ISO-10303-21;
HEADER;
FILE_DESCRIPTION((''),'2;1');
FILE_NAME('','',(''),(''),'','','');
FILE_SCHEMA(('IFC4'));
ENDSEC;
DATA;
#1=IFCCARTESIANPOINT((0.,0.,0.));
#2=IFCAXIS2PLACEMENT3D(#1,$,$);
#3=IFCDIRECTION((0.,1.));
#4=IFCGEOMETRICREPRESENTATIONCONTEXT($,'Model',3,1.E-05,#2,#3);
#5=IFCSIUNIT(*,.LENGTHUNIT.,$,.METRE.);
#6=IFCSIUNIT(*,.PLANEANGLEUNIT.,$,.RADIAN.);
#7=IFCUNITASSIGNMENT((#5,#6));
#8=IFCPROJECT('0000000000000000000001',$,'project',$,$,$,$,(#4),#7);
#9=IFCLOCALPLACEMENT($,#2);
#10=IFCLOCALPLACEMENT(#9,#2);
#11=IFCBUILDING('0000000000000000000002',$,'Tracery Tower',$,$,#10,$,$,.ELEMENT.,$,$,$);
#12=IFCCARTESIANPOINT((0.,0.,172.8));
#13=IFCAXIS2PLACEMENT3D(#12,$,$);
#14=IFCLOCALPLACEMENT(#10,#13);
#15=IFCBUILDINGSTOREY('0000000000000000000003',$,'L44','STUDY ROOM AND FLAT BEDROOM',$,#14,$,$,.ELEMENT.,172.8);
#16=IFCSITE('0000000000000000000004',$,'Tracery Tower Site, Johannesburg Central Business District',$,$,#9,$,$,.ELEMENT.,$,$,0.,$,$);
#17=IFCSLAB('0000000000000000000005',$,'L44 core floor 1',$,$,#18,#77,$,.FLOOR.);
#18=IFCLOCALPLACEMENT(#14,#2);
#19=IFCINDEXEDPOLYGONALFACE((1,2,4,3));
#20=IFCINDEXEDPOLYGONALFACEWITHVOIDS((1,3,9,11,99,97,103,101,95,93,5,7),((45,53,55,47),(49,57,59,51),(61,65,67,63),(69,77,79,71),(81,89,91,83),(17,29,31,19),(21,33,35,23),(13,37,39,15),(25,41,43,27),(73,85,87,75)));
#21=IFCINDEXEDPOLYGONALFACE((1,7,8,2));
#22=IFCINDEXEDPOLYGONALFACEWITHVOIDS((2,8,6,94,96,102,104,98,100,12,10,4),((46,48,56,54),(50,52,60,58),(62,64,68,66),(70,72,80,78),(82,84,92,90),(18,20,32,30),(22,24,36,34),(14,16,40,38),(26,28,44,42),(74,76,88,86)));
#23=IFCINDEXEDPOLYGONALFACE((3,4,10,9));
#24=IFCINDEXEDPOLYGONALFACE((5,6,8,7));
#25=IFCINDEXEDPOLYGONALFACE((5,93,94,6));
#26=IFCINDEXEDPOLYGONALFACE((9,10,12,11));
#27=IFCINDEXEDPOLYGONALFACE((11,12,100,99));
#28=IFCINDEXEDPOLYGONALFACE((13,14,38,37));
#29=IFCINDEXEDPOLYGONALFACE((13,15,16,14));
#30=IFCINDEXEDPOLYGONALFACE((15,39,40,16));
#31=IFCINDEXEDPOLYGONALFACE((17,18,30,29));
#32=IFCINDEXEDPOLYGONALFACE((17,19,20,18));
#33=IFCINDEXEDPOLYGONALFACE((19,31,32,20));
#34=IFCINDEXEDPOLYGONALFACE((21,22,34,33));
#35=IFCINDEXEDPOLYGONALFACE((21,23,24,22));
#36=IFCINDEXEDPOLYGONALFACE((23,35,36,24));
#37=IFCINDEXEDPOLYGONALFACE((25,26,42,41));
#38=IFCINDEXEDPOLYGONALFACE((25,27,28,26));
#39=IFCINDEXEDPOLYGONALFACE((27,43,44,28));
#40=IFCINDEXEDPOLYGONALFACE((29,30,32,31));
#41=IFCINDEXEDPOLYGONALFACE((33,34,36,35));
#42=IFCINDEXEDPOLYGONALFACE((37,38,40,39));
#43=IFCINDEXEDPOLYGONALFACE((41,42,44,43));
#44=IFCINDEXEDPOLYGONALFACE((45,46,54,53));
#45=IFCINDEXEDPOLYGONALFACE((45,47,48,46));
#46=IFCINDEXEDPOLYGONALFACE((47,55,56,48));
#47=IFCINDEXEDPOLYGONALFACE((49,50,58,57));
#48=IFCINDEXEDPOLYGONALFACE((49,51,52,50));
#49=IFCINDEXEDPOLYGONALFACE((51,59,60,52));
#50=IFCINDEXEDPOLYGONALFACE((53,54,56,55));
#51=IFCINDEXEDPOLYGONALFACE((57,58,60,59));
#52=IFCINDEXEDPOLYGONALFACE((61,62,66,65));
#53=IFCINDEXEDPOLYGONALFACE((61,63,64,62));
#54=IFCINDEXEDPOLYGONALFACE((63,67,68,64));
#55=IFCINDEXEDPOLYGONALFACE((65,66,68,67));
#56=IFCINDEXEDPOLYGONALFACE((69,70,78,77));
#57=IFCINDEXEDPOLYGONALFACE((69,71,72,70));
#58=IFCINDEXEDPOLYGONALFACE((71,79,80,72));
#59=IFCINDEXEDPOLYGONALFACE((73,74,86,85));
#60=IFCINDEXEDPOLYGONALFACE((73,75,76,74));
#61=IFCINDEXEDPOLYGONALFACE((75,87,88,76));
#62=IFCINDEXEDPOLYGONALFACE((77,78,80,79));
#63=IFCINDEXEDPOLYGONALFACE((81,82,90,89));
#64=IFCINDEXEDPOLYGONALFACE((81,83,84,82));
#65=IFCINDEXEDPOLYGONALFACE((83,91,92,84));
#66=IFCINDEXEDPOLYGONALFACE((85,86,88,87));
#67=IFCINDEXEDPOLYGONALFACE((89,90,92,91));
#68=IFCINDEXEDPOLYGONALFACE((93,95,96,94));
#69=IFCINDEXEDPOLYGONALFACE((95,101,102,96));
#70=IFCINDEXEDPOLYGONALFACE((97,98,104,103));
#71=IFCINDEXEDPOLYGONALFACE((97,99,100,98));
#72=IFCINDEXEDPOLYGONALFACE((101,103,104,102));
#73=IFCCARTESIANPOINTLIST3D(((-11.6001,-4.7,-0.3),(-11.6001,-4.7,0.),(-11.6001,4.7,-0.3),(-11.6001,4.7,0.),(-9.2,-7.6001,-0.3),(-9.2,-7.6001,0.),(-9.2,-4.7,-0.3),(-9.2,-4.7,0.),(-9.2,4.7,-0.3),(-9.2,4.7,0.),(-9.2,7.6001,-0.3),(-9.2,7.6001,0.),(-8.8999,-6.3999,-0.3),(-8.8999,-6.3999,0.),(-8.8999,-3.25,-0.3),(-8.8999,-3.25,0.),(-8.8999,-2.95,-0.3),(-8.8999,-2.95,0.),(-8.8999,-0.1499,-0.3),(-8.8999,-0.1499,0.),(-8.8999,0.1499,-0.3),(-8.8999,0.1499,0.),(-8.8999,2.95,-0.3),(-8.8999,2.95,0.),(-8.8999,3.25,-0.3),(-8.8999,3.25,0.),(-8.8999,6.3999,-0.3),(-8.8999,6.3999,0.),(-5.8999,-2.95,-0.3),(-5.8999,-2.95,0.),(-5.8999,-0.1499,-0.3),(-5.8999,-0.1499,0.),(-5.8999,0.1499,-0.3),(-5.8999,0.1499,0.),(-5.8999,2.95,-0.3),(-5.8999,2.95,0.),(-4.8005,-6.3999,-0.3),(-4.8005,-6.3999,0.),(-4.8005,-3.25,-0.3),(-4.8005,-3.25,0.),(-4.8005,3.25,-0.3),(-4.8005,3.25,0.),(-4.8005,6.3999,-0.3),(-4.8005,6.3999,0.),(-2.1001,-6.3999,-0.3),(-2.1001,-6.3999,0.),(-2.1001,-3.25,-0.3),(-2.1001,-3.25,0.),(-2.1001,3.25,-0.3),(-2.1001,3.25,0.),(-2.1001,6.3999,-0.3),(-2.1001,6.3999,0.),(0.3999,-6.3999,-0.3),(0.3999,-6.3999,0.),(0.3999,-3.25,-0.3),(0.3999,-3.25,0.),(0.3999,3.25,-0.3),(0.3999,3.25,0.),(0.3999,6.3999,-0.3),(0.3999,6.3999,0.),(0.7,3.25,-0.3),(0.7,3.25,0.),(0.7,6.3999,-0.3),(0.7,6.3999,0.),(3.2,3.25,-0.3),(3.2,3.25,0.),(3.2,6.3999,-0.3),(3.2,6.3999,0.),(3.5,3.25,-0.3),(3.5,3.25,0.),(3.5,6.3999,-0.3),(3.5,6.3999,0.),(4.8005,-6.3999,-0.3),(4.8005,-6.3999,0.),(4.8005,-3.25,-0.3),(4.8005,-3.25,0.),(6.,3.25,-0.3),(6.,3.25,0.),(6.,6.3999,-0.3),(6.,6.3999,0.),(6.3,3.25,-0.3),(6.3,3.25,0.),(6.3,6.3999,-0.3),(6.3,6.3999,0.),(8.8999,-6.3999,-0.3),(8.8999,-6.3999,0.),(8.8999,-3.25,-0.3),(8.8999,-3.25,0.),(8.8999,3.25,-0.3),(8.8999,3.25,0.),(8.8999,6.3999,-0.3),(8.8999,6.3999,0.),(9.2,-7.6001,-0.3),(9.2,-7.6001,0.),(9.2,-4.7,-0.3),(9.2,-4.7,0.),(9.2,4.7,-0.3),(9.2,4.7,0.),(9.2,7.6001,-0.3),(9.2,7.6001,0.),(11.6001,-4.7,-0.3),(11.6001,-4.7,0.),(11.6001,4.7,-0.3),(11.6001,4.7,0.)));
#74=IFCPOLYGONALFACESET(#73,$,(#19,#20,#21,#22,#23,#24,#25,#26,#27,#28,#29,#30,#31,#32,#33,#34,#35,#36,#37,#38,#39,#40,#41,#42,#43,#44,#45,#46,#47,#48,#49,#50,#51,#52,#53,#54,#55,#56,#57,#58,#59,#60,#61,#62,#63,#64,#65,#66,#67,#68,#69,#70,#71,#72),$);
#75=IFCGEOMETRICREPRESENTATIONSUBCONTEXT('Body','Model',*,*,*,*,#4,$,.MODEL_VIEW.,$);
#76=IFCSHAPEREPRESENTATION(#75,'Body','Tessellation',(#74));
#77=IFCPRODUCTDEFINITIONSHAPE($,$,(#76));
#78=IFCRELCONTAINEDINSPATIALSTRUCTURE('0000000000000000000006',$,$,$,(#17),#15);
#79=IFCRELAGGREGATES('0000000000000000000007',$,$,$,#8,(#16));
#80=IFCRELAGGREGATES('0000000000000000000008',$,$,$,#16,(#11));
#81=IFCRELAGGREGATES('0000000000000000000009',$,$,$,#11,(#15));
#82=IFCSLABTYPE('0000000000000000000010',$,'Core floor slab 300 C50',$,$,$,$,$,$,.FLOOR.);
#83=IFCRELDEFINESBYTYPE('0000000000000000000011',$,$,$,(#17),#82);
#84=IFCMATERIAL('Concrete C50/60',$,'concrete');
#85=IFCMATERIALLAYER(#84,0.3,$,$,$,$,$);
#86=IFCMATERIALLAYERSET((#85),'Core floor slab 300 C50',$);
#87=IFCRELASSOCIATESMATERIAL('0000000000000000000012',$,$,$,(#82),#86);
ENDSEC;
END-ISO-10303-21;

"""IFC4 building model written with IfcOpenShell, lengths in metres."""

from ifc_helpers import new_model, si_unit, direction, frame, origin, place, context, subcontext, project, spatial, polyline, outline, extrude, material, layer, layer_set, type_object, element, save


model = new_model("IFC4")

# Units and contexts
model_context = context("Model", 3, precision=1e-05, world=origin(), true_north=direction((0.0, 1.0)))
body_context = subcontext(model_context, "Body", "Model", "MODEL_VIEW")
ifc_project = project(units=[si_unit("LENGTHUNIT", "METRE"), si_unit("PLANEANGLEUNIT", "RADIAN")], contexts=[model_context])

# Site, building, storey
site_placement = place(None, origin())
site = spatial("IfcSite", under=ifc_project, at=site_placement, Name="Tracery Tower Site, Johannesburg Central Business District", CompositionType="ELEMENT", RefElevation=0.0)
building_placement = place(site_placement, origin())
building = spatial("IfcBuilding", under=site, at=building_placement, Name="Tracery Tower", CompositionType="ELEMENT")
storey_placement = place(building_placement, frame((0.0, 0.0, 172.8)))
storey = spatial("IfcBuildingStorey", under=building, at=storey_placement, Name="L44", Description="STUDY ROOM AND FLAT BEDROOM", CompositionType="ELEMENT", Elevation=172.8)

# Slab
ifc_material_1 = material(Name="Concrete C50/60", Category="concrete")
ifc_layer_1 = layer(ifc_material_1, 0.3)
ifc_layer_set_1 = layer_set([ifc_layer_1], Name="Core floor slab 300 C50")
slab_type_1 = type_object("IfcSlabType", Name="Core floor slab 300 C50", PredefinedType="FLOOR", material=ifc_layer_set_1)
slab_1_placement = place(storey_placement, frame((0.0, 0.0, -0.3)))
element("IfcSlab", 1, at=slab_1_placement, inside=storey, type_object=slab_type_1, Name="L44 core floor 1", PredefinedType="FLOOR", context=body_context, shape_type="SweptSolid", body=[
    extrude(outline(polyline([(-9.2, 7.6001), (9.2, 7.6001), (9.2, 4.7), (11.6001, 4.7), (11.6001, -4.7), (9.2, -4.7), (9.2, -7.6001), (-9.2, -7.6001), (-9.2, -4.7), (-11.6001, -4.7), (-11.6001, 4.7), (-9.2, 4.7), (-9.2, 7.6001)]), holes=[polyline([(4.8005, -6.3999), (8.8999, -6.3999), (8.8999, -3.25), (4.8005, -3.25), (4.8005, -6.3999)]), polyline([(8.8999, 3.25), (8.8999, 6.3999), (6.3, 6.3999), (6.3, 3.25), (8.8999, 3.25)]), polyline([(6.0, 3.25), (6.0, 6.3999), (3.5, 6.3999), (3.5, 3.25), (6.0, 3.25)]), polyline([(3.2, 3.25), (3.2, 6.3999), (0.7, 6.3999), (0.7, 3.25), (3.2, 3.25)]), polyline([(-2.1001, 3.25), (0.3999, 3.25), (0.3999, 6.3999), (-2.1001, 6.3999), (-2.1001, 3.25)]), polyline([(0.3999, -6.3999), (0.3999, -3.25), (-2.1001, -3.25), (-2.1001, -6.3999), (0.3999, -6.3999)]), polyline([(-4.8005, -3.25), (-8.8999, -3.25), (-8.8999, -6.3999), (-4.8005, -6.3999), (-4.8005, -3.25)]), polyline([(-4.8005, 6.3999), (-8.8999, 6.3999), (-8.8999, 3.25), (-4.8005, 3.25), (-4.8005, 6.3999)]), polyline([(-5.8999, -2.95), (-5.8999, -0.1499), (-8.8999, -0.1499), (-8.8999, -2.95), (-5.8999, -2.95)]), polyline([(-5.8999, 0.1499), (-5.8999, 2.95), (-8.8999, 2.95), (-8.8999, 0.1499), (-5.8999, 0.1499)])]), origin(), (0.0, 0.0, 1.0), 0.3),
])

save(model, "model.ifc")
